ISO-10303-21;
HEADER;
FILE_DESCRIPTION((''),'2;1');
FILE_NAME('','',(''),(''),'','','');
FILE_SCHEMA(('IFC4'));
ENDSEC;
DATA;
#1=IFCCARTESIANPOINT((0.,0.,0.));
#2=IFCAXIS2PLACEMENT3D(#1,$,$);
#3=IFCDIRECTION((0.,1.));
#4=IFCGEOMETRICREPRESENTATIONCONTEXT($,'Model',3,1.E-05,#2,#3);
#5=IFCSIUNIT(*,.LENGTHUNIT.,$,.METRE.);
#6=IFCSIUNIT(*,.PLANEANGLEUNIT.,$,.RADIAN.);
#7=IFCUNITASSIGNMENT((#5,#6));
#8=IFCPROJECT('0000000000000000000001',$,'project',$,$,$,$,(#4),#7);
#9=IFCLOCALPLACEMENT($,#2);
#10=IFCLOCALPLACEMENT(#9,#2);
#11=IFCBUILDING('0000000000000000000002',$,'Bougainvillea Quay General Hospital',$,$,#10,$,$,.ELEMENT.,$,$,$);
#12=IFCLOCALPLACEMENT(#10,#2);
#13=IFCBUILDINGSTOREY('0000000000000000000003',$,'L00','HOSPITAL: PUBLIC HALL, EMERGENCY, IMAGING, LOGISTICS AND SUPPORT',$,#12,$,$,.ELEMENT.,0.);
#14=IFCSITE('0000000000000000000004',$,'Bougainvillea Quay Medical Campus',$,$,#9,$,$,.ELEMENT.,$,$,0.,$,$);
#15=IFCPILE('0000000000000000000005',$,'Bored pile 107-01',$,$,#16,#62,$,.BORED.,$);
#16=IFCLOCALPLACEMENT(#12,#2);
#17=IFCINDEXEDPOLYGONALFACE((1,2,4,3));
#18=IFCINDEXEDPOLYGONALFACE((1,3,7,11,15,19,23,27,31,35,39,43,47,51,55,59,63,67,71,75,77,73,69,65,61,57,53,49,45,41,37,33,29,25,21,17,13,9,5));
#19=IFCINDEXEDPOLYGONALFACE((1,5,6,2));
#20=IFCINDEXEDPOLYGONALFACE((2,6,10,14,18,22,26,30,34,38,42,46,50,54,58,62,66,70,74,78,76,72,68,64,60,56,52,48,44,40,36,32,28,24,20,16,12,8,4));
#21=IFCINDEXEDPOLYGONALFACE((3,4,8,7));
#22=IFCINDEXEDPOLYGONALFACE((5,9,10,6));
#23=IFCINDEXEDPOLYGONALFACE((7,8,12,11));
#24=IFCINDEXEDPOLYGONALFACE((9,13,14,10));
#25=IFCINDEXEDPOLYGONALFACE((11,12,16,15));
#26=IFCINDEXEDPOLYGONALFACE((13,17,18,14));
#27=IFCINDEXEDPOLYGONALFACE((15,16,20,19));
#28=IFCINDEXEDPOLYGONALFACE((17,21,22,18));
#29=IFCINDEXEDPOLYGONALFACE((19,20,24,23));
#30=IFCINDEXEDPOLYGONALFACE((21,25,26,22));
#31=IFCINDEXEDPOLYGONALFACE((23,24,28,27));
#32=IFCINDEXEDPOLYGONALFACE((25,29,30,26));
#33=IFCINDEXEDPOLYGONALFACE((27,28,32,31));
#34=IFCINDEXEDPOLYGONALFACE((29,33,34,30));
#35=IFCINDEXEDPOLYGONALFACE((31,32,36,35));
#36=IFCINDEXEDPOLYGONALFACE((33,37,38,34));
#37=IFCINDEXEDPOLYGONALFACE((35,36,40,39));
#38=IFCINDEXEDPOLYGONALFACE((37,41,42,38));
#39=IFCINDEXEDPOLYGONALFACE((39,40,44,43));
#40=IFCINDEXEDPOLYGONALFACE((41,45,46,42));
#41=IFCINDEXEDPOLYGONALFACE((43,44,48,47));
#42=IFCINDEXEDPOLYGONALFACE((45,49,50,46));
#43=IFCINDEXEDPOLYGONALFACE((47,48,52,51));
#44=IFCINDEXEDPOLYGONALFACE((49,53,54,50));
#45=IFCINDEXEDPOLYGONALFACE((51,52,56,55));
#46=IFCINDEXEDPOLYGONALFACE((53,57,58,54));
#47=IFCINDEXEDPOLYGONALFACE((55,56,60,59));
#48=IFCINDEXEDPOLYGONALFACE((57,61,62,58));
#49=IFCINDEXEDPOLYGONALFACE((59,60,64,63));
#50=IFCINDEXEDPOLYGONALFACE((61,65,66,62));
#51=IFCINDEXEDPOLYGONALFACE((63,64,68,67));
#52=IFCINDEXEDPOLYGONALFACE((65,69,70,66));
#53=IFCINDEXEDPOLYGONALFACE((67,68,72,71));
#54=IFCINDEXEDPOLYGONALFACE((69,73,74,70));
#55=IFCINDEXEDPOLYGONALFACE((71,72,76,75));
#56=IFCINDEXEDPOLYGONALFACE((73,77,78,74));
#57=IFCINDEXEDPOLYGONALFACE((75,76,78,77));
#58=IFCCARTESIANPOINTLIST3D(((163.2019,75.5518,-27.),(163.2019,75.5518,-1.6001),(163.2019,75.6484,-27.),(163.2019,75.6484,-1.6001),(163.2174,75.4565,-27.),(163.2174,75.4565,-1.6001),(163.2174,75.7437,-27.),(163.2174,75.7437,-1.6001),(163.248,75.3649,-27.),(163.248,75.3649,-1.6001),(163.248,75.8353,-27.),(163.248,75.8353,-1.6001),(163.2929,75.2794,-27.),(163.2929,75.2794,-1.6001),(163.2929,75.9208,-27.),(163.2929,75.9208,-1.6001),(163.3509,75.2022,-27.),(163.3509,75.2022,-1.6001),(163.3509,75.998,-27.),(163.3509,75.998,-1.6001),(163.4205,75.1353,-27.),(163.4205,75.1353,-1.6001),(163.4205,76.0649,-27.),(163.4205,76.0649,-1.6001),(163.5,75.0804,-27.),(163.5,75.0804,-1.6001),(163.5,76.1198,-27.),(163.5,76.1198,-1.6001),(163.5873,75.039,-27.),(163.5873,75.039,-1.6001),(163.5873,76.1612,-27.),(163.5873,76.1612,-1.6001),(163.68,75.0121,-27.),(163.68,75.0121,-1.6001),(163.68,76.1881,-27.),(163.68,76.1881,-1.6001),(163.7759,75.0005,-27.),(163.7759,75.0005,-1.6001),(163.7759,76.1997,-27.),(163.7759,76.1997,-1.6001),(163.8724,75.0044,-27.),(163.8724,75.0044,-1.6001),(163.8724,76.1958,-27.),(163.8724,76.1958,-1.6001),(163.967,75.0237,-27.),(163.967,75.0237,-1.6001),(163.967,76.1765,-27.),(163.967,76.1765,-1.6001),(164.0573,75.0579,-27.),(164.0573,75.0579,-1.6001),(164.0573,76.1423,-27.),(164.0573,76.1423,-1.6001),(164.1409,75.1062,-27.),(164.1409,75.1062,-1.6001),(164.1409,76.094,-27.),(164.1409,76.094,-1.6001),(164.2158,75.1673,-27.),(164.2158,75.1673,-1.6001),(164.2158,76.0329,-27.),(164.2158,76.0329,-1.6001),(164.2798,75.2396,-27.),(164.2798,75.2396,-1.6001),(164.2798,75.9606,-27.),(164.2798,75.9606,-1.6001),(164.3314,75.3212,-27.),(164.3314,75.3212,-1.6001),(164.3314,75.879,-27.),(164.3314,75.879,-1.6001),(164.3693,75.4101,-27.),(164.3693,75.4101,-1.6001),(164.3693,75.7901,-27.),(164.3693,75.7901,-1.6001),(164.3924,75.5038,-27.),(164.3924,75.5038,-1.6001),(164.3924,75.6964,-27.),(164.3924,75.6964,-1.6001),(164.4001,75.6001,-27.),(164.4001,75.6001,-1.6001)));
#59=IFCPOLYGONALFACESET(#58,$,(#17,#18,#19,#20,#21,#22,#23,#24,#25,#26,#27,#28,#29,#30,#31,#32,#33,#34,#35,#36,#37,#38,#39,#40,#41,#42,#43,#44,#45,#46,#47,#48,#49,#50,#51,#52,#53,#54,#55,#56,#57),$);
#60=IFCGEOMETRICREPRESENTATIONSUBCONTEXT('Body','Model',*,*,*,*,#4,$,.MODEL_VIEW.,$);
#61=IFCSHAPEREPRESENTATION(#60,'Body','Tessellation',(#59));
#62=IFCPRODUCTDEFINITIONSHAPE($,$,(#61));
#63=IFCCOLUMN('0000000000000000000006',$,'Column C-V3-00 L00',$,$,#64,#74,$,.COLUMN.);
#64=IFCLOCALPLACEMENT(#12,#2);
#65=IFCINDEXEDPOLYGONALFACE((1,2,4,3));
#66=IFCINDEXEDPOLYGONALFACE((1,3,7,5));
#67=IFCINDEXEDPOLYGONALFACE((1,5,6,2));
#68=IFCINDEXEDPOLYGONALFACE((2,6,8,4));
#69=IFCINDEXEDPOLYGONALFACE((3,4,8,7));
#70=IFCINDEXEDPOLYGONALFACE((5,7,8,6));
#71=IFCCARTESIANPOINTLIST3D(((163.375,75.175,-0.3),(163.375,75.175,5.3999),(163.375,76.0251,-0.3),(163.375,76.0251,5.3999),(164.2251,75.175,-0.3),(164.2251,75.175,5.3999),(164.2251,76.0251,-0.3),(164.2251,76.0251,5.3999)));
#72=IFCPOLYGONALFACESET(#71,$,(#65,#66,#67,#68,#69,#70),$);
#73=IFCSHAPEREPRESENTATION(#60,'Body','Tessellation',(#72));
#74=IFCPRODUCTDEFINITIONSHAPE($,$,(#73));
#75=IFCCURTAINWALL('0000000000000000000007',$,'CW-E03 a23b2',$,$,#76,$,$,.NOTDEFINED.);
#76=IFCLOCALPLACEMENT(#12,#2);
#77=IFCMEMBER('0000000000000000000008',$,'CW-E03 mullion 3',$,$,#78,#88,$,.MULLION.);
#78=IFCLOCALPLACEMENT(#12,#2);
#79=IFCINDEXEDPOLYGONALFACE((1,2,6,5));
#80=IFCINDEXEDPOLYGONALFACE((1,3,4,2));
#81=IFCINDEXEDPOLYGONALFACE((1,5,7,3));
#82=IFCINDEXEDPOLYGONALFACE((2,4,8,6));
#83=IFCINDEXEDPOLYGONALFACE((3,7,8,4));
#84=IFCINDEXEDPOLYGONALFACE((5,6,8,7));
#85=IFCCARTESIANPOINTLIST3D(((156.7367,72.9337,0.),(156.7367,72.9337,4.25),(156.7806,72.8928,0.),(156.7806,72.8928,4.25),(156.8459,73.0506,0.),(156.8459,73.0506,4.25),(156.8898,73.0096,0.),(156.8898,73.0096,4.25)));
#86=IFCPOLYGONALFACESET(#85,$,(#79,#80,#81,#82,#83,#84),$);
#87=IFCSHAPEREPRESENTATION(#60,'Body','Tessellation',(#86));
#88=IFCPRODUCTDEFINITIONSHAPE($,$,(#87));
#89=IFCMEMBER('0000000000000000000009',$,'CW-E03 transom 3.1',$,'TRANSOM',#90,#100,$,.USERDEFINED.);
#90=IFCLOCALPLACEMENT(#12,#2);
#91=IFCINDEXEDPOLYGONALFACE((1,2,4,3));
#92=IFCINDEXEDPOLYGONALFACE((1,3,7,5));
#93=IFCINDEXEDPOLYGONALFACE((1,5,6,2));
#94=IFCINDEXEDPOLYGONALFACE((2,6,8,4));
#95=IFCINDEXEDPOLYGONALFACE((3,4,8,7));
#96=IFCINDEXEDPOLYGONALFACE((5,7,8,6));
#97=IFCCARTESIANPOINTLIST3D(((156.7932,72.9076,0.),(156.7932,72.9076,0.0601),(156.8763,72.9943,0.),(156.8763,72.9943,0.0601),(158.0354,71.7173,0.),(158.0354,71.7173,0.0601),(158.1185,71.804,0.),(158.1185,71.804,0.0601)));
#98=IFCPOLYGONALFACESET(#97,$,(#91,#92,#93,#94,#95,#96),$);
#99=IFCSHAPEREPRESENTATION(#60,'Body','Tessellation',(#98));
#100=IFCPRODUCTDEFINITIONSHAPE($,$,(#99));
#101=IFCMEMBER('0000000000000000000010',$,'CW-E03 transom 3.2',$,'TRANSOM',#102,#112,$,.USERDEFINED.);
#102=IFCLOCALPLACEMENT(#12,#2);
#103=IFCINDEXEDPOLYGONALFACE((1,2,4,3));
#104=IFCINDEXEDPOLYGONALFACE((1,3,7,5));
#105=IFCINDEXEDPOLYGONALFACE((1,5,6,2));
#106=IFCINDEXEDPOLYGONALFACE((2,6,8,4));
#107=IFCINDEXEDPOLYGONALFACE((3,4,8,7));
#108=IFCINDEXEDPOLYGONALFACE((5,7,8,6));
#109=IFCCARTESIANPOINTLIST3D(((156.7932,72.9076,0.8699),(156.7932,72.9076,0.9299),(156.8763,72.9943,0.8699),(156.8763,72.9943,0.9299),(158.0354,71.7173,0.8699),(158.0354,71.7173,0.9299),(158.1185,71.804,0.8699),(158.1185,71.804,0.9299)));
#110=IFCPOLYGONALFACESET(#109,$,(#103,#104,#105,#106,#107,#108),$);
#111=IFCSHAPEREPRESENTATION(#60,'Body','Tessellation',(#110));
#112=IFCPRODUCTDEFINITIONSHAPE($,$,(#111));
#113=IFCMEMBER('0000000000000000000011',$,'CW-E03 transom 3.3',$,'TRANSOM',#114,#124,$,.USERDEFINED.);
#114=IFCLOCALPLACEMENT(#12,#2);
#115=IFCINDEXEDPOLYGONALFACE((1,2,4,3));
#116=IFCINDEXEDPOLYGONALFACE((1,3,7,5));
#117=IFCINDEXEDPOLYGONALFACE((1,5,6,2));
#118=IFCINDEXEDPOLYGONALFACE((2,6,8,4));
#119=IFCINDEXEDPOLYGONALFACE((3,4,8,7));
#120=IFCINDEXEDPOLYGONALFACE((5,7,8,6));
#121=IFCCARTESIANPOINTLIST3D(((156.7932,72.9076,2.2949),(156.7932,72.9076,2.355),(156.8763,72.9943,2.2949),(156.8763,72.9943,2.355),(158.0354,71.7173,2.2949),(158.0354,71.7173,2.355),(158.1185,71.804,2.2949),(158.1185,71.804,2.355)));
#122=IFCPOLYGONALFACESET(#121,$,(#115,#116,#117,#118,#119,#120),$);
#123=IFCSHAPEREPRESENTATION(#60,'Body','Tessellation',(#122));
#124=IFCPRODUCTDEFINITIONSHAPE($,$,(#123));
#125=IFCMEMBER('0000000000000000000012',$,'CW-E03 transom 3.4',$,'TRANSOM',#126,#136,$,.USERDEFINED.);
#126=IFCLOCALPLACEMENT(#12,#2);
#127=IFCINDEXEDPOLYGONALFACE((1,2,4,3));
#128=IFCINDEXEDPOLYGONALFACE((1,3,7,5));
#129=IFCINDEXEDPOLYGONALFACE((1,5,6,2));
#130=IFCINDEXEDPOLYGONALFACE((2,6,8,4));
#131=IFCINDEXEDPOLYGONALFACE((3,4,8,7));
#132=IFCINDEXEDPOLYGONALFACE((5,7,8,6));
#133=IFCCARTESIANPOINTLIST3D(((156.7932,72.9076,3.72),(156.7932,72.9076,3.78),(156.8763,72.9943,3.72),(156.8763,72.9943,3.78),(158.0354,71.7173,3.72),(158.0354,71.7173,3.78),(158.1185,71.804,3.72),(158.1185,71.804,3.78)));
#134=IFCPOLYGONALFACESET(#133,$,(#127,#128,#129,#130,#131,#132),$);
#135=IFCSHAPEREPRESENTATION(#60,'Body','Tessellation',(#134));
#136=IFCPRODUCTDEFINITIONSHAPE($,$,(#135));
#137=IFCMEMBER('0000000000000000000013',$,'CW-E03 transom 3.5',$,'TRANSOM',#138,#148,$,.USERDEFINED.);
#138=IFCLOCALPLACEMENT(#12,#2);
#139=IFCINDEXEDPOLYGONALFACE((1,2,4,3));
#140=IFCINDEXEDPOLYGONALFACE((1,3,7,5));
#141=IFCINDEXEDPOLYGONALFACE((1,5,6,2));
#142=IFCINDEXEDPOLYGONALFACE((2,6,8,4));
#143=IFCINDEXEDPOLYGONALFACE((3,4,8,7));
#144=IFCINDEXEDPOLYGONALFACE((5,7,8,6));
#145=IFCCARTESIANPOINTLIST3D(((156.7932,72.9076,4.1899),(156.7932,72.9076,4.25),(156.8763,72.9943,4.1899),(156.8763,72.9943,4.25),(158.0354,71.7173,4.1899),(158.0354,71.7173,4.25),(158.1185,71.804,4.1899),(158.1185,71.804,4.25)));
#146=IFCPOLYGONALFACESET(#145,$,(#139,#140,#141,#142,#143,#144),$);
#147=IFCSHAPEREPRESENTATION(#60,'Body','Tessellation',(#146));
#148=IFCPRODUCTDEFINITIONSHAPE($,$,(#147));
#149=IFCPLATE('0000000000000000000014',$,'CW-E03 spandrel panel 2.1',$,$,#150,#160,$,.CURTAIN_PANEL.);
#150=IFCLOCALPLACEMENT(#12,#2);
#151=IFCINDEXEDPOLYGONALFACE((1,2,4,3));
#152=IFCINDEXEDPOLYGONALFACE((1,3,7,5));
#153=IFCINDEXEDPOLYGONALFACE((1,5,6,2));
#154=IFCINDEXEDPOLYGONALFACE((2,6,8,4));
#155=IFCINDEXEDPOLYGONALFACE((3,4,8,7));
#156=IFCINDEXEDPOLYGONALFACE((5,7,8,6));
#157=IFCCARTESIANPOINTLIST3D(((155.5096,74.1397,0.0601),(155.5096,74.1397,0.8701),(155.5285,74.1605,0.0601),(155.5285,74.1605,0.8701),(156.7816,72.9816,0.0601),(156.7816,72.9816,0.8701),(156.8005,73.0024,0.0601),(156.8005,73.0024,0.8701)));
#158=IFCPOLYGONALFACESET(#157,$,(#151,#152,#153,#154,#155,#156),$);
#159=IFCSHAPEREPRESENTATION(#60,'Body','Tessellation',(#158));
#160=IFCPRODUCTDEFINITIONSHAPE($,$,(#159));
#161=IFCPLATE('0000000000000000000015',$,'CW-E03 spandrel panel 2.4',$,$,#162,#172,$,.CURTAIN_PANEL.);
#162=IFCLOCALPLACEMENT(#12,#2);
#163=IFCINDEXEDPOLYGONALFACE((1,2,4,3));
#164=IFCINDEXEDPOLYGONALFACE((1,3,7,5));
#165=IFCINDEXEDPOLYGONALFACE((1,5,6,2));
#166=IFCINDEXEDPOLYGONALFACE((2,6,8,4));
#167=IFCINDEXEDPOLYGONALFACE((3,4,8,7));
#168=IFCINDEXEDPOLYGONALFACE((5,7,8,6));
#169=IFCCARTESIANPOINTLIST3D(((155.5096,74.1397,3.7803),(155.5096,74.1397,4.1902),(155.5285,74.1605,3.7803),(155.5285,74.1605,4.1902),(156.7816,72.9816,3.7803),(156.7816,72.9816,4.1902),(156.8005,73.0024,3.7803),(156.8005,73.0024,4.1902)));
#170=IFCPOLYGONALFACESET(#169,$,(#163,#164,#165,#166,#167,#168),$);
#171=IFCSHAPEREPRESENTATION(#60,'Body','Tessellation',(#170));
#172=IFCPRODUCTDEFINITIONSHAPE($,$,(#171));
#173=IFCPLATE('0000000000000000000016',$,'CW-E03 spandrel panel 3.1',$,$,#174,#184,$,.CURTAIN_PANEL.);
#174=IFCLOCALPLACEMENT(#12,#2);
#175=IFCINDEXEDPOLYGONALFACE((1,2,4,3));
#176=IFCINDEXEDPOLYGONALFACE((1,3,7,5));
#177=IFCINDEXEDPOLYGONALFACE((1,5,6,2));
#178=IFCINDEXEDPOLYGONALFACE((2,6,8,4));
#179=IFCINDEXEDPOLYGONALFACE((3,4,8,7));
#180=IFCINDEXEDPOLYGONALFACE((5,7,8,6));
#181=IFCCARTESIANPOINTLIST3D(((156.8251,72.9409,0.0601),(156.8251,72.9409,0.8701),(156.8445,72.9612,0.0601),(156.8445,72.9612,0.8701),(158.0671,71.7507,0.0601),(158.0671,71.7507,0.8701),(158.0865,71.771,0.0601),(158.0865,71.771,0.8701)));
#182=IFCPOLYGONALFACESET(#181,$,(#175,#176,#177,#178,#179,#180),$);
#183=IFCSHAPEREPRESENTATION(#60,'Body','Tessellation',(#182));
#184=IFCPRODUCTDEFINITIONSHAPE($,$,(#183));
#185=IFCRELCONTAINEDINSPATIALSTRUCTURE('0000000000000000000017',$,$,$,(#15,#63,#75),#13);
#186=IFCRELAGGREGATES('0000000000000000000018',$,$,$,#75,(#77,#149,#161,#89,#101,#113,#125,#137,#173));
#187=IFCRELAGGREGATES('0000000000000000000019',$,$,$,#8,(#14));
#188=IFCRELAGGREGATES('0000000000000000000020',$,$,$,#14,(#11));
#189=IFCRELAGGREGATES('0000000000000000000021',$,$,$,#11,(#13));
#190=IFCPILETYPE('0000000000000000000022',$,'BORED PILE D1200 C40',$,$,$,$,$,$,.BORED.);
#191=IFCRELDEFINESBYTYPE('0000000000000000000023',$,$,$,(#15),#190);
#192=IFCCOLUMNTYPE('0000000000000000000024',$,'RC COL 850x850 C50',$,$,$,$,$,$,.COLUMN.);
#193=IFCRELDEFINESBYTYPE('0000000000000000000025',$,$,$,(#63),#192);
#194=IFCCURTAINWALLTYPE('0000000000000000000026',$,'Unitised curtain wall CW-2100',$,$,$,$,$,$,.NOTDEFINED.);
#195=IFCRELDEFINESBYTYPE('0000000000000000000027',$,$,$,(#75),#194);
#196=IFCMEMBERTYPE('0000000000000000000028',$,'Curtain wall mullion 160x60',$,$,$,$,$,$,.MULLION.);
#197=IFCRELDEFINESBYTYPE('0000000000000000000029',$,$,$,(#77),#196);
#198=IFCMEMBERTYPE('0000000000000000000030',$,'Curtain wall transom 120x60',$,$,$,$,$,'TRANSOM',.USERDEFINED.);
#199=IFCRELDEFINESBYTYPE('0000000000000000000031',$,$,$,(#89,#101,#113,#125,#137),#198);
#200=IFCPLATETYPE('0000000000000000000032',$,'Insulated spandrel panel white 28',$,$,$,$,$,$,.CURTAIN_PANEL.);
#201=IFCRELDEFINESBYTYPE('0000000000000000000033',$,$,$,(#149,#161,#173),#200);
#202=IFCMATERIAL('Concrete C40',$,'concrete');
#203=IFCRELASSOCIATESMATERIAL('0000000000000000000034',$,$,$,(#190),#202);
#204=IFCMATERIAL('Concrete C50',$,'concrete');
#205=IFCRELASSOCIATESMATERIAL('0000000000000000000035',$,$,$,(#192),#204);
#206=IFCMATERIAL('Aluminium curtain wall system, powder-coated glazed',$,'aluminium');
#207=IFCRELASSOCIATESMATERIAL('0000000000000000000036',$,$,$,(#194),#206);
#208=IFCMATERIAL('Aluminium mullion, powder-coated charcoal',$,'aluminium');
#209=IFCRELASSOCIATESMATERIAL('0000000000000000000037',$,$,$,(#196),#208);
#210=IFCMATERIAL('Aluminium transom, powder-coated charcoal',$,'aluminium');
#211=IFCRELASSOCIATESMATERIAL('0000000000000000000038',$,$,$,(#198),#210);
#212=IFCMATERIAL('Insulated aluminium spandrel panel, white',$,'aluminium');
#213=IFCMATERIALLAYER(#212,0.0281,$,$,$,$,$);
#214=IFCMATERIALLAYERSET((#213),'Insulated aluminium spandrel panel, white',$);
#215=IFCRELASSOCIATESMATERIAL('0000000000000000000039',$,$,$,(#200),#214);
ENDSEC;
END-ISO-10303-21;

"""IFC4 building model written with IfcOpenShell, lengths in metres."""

from ifc_helpers import new_model, si_unit, direction, frame, origin, origin_2d, place, context, subcontext, project, spatial, rectangle, circle, extrude, material, layer, layer_set, material_profile, profile_set, type_object, element, aggregate, save


model = new_model("IFC4")

# Units and contexts
model_context = context("Model", 3, precision=1e-05, world=origin(), true_north=direction((0.0, 1.0)))
body_context = subcontext(model_context, "Body", "Model", "MODEL_VIEW")
ifc_project = project(units=[si_unit("LENGTHUNIT", "METRE"), si_unit("PLANEANGLEUNIT", "RADIAN")], contexts=[model_context])

# Site, building, storey
site_placement = place(None, origin())
site = spatial("IfcSite", under=ifc_project, at=site_placement, Name="Bougainvillea Quay Medical Campus", CompositionType="ELEMENT", RefElevation=0.0)
building_placement = place(site_placement, origin())
building = spatial("IfcBuilding", under=site, at=building_placement, Name="Bougainvillea Quay General Hospital", CompositionType="ELEMENT")
storey_placement = place(building_placement, origin())
storey = spatial("IfcBuildingStorey", under=building, at=storey_placement, Name="L00", Description="HOSPITAL: PUBLIC HALL, EMERGENCY, IMAGING, LOGISTICS AND SUPPORT", CompositionType="ELEMENT", Elevation=0.0)

# Pile
ifc_material_1 = material(Name="Concrete C40", Category="concrete")
ifc_material_profile_1 = material_profile(ifc_material_1, circle(Radius=0.6001, at=origin_2d()))
ifc_profile_set_1 = profile_set([ifc_material_profile_1], Name="Concrete C40")
pile_type = type_object("IfcPileType", Name="BORED PILE D1200 C40", PredefinedType="BORED", material=ifc_profile_set_1)
pile_placement = place(storey_placement, frame((163.8, 75.6001, -1.6001), z_axis=(0.0, 0.0, -1.0), x_axis=(1.0, 0.0, 0.0)))
element("IfcPile", 1, at=pile_placement, inside=storey, type_object=pile_type, Name="Bored pile 107-01", PredefinedType="BORED", context=body_context, shape_type="SweptSolid", body=[
    extrude(circle(Radius=0.6001, at=origin_2d()), origin(), (0.0, 0.0, 1.0), 25.3999),
])

# Column
ifc_material_2 = material(Name="Concrete C50", Category="concrete")
ifc_material_profile_2 = material_profile(ifc_material_2, rectangle(XDim=0.8501, YDim=0.8501, at=origin_2d()))
ifc_profile_set_2 = profile_set([ifc_material_profile_2], Name="Concrete C50")
column_type = type_object("IfcColumnType", Name="RC COL 850x850 C50", PredefinedType="COLUMN", material=ifc_profile_set_2)
column_placement = place(storey_placement, frame((163.8, 75.6001, -0.3), z_axis=(0.0, 0.0, 1.0), x_axis=(1.0, 0.0, 0.0)))
element("IfcColumn", 2, at=column_placement, inside=storey, type_object=column_type, Name="Column C-V3-00 L00", PredefinedType="COLUMN", context=body_context, shape_type="SweptSolid", body=[
    extrude(rectangle(XDim=0.8501, YDim=0.8501, at=origin_2d()), origin(), (0.0, 0.0, 1.0), 5.7),
])

# Curtain wall, members, plates
ifc_material_3 = material(Name="Aluminium curtain wall system, powder-coated glazed", Category="aluminium")
curtain_wall_type = type_object("IfcCurtainWallType", Name="Unitised curtain wall CW-2100", PredefinedType="NOTDEFINED", material=ifc_material_3)
curtain_wall_placement = place(storey_placement, origin())
curtain_wall = element("IfcCurtainWall", 3, at=curtain_wall_placement, inside=storey, type_object=curtain_wall_type, Name="CW-E03 a23b2", PredefinedType="NOTDEFINED")
ifc_material_4 = material(Name="Aluminium mullion, powder-coated charcoal", Category="aluminium")
ifc_material_profile_3 = material_profile(ifc_material_4, rectangle(XDim=0.1599, YDim=0.0601, at=origin_2d()))
ifc_profile_set_3 = profile_set([ifc_material_profile_3], Name="Aluminium mullion, powder-coated charcoal")
member_type_1 = type_object("IfcMemberType", Name="Curtain wall mullion 160x60", PredefinedType="MULLION", material=ifc_profile_set_3)
member_1_placement = place(storey_placement, frame((156.8132, 72.9717, 0.0), z_axis=(0.0, 0.0, 1.0), x_axis=(0.682621, 0.730773, 0.0)))
member_1 = element("IfcMember", 4, at=member_1_placement, type_object=member_type_1, Name="CW-E03 mullion 3", PredefinedType="MULLION", context=body_context, shape_type="SweptSolid", body=[
    extrude(rectangle(XDim=0.1599, YDim=0.0601, at=origin_2d()), origin(), (0.0, 0.0, 1.0), 4.25),
])
ifc_material_5 = material(Name="Aluminium transom, powder-coated charcoal", Category="aluminium")
ifc_material_profile_4 = material_profile(ifc_material_5, rectangle(XDim=0.1201, YDim=0.0601, at=origin_2d()))
ifc_profile_set_4 = profile_set([ifc_material_profile_4], Name="Aluminium transom, powder-coated charcoal")
member_type_2 = type_object("IfcMemberType", Name="Curtain wall transom 120x60", ElementType="TRANSOM", PredefinedType="USERDEFINED", material=ifc_profile_set_4)
member_2_placement = place(storey_placement, frame((156.8347, 72.9509, 0.03), z_axis=(0.722059, -0.691831, 0.0), x_axis=(0.691831, 0.722059, 0.0)))
member_2 = element("IfcMember", 5, at=member_2_placement, type_object=member_type_2, Name="CW-E03 transom 3.1", ObjectType="TRANSOM", PredefinedType="USERDEFINED", context=body_context, shape_type="SweptSolid", body=[
    extrude(rectangle(XDim=0.1201, YDim=0.0601, at=origin_2d()), origin(), (0.0, 0.0, 1.0), 1.7205),
])
member_3_placement = place(storey_placement, frame((156.8347, 72.9509, 0.8999), z_axis=(0.722059, -0.691831, 0.0), x_axis=(0.691831, 0.722059, 0.0)))
member_3 = element("IfcMember", 6, at=member_3_placement, type_object=member_type_2, Name="CW-E03 transom 3.2", ObjectType="TRANSOM", PredefinedType="USERDEFINED", context=body_context, shape_type="SweptSolid", body=[
    extrude(rectangle(XDim=0.1201, YDim=0.0601, at=origin_2d()), origin(), (0.0, 0.0, 1.0), 1.7205),
])
member_4_placement = place(storey_placement, frame((156.8347, 72.9509, 2.325), z_axis=(0.722059, -0.691831, 0.0), x_axis=(0.691831, 0.722059, 0.0)))
member_4 = element("IfcMember", 7, at=member_4_placement, type_object=member_type_2, Name="CW-E03 transom 3.3", ObjectType="TRANSOM", PredefinedType="USERDEFINED", context=body_context, shape_type="SweptSolid", body=[
    extrude(rectangle(XDim=0.1201, YDim=0.0601, at=origin_2d()), origin(), (0.0, 0.0, 1.0), 1.7205),
])
member_5_placement = place(storey_placement, frame((156.8347, 72.9509, 3.75), z_axis=(0.722059, -0.691831, 0.0), x_axis=(0.691831, 0.722059, 0.0)))
member_5 = element("IfcMember", 8, at=member_5_placement, type_object=member_type_2, Name="CW-E03 transom 3.4", ObjectType="TRANSOM", PredefinedType="USERDEFINED", context=body_context, shape_type="SweptSolid", body=[
    extrude(rectangle(XDim=0.1201, YDim=0.0601, at=origin_2d()), origin(), (0.0, 0.0, 1.0), 1.7205),
])
member_6_placement = place(storey_placement, frame((156.8347, 72.9509, 4.22), z_axis=(0.722059, -0.691831, 0.0), x_axis=(0.691831, 0.722059, 0.0)))
member_6 = element("IfcMember", 9, at=member_6_placement, type_object=member_type_2, Name="CW-E03 transom 3.5", ObjectType="TRANSOM", PredefinedType="USERDEFINED", context=body_context, shape_type="SweptSolid", body=[
    extrude(rectangle(XDim=0.1201, YDim=0.0601, at=origin_2d()), origin(), (0.0, 0.0, 1.0), 1.7205),
])
ifc_material_6 = material(Name="Insulated aluminium spandrel panel, white", Category="aluminium")
ifc_layer_1 = layer(ifc_material_6, 0.0281)
ifc_layer_set_1 = layer_set([ifc_layer_1], Name="Insulated aluminium spandrel panel, white")
plate_type_1 = type_object("IfcPlateType", Name="Insulated spandrel panel white 28", PredefinedType="CURTAIN_PANEL", material=ifc_layer_set_1)
plate_1_placement = place(storey_placement, frame((156.155, 73.571, 0.0601), z_axis=(0.0, 0.0, 1.0), x_axis=(0.739424, -0.67324, 0.0)))
plate_1 = element("IfcPlate", 10, at=plate_1_placement, type_object=plate_type_1, Name="CW-E03 spandrel panel 2.1", PredefinedType="CURTAIN_PANEL", context=body_context, shape_type="SweptSolid", body=[
    extrude(rectangle(XDim=1.7202, YDim=0.0281, at=origin_2d()), origin(), (0.0, 0.0, 1.0), 0.8101),
])
plate_2_placement = place(storey_placement, frame((156.155, 73.571, 3.7803), z_axis=(0.0, 0.0, 1.0), x_axis=(0.739424, -0.67324, 0.0)))
plate_2 = element("IfcPlate", 11, at=plate_2_placement, type_object=plate_type_1, Name="CW-E03 spandrel panel 2.4", PredefinedType="CURTAIN_PANEL", context=body_context, shape_type="SweptSolid", body=[
    extrude(rectangle(XDim=1.7202, YDim=0.0281, at=origin_2d()), origin(), (0.0, 0.0, 1.0), 0.4099),
])
plate_3_placement = place(storey_placement, frame((157.4558, 72.356, 0.0601), z_axis=(0.0, 0.0, 1.0), x_axis=(0.722002, -0.691891, 0.0)))
plate_3 = element("IfcPlate", 12, at=plate_3_placement, type_object=plate_type_1, Name="CW-E03 spandrel panel 3.1", PredefinedType="CURTAIN_PANEL", context=body_context, shape_type="SweptSolid", body=[
    extrude(rectangle(XDim=1.7202, YDim=0.0281, at=origin_2d()), origin(), (0.0, 0.0, 1.0), 0.8101),
])
aggregate(curtain_wall, [member_1, plate_1, plate_2, member_2, member_3, member_4, member_5, member_6, plate_3])

save(model, "model.ifc")
